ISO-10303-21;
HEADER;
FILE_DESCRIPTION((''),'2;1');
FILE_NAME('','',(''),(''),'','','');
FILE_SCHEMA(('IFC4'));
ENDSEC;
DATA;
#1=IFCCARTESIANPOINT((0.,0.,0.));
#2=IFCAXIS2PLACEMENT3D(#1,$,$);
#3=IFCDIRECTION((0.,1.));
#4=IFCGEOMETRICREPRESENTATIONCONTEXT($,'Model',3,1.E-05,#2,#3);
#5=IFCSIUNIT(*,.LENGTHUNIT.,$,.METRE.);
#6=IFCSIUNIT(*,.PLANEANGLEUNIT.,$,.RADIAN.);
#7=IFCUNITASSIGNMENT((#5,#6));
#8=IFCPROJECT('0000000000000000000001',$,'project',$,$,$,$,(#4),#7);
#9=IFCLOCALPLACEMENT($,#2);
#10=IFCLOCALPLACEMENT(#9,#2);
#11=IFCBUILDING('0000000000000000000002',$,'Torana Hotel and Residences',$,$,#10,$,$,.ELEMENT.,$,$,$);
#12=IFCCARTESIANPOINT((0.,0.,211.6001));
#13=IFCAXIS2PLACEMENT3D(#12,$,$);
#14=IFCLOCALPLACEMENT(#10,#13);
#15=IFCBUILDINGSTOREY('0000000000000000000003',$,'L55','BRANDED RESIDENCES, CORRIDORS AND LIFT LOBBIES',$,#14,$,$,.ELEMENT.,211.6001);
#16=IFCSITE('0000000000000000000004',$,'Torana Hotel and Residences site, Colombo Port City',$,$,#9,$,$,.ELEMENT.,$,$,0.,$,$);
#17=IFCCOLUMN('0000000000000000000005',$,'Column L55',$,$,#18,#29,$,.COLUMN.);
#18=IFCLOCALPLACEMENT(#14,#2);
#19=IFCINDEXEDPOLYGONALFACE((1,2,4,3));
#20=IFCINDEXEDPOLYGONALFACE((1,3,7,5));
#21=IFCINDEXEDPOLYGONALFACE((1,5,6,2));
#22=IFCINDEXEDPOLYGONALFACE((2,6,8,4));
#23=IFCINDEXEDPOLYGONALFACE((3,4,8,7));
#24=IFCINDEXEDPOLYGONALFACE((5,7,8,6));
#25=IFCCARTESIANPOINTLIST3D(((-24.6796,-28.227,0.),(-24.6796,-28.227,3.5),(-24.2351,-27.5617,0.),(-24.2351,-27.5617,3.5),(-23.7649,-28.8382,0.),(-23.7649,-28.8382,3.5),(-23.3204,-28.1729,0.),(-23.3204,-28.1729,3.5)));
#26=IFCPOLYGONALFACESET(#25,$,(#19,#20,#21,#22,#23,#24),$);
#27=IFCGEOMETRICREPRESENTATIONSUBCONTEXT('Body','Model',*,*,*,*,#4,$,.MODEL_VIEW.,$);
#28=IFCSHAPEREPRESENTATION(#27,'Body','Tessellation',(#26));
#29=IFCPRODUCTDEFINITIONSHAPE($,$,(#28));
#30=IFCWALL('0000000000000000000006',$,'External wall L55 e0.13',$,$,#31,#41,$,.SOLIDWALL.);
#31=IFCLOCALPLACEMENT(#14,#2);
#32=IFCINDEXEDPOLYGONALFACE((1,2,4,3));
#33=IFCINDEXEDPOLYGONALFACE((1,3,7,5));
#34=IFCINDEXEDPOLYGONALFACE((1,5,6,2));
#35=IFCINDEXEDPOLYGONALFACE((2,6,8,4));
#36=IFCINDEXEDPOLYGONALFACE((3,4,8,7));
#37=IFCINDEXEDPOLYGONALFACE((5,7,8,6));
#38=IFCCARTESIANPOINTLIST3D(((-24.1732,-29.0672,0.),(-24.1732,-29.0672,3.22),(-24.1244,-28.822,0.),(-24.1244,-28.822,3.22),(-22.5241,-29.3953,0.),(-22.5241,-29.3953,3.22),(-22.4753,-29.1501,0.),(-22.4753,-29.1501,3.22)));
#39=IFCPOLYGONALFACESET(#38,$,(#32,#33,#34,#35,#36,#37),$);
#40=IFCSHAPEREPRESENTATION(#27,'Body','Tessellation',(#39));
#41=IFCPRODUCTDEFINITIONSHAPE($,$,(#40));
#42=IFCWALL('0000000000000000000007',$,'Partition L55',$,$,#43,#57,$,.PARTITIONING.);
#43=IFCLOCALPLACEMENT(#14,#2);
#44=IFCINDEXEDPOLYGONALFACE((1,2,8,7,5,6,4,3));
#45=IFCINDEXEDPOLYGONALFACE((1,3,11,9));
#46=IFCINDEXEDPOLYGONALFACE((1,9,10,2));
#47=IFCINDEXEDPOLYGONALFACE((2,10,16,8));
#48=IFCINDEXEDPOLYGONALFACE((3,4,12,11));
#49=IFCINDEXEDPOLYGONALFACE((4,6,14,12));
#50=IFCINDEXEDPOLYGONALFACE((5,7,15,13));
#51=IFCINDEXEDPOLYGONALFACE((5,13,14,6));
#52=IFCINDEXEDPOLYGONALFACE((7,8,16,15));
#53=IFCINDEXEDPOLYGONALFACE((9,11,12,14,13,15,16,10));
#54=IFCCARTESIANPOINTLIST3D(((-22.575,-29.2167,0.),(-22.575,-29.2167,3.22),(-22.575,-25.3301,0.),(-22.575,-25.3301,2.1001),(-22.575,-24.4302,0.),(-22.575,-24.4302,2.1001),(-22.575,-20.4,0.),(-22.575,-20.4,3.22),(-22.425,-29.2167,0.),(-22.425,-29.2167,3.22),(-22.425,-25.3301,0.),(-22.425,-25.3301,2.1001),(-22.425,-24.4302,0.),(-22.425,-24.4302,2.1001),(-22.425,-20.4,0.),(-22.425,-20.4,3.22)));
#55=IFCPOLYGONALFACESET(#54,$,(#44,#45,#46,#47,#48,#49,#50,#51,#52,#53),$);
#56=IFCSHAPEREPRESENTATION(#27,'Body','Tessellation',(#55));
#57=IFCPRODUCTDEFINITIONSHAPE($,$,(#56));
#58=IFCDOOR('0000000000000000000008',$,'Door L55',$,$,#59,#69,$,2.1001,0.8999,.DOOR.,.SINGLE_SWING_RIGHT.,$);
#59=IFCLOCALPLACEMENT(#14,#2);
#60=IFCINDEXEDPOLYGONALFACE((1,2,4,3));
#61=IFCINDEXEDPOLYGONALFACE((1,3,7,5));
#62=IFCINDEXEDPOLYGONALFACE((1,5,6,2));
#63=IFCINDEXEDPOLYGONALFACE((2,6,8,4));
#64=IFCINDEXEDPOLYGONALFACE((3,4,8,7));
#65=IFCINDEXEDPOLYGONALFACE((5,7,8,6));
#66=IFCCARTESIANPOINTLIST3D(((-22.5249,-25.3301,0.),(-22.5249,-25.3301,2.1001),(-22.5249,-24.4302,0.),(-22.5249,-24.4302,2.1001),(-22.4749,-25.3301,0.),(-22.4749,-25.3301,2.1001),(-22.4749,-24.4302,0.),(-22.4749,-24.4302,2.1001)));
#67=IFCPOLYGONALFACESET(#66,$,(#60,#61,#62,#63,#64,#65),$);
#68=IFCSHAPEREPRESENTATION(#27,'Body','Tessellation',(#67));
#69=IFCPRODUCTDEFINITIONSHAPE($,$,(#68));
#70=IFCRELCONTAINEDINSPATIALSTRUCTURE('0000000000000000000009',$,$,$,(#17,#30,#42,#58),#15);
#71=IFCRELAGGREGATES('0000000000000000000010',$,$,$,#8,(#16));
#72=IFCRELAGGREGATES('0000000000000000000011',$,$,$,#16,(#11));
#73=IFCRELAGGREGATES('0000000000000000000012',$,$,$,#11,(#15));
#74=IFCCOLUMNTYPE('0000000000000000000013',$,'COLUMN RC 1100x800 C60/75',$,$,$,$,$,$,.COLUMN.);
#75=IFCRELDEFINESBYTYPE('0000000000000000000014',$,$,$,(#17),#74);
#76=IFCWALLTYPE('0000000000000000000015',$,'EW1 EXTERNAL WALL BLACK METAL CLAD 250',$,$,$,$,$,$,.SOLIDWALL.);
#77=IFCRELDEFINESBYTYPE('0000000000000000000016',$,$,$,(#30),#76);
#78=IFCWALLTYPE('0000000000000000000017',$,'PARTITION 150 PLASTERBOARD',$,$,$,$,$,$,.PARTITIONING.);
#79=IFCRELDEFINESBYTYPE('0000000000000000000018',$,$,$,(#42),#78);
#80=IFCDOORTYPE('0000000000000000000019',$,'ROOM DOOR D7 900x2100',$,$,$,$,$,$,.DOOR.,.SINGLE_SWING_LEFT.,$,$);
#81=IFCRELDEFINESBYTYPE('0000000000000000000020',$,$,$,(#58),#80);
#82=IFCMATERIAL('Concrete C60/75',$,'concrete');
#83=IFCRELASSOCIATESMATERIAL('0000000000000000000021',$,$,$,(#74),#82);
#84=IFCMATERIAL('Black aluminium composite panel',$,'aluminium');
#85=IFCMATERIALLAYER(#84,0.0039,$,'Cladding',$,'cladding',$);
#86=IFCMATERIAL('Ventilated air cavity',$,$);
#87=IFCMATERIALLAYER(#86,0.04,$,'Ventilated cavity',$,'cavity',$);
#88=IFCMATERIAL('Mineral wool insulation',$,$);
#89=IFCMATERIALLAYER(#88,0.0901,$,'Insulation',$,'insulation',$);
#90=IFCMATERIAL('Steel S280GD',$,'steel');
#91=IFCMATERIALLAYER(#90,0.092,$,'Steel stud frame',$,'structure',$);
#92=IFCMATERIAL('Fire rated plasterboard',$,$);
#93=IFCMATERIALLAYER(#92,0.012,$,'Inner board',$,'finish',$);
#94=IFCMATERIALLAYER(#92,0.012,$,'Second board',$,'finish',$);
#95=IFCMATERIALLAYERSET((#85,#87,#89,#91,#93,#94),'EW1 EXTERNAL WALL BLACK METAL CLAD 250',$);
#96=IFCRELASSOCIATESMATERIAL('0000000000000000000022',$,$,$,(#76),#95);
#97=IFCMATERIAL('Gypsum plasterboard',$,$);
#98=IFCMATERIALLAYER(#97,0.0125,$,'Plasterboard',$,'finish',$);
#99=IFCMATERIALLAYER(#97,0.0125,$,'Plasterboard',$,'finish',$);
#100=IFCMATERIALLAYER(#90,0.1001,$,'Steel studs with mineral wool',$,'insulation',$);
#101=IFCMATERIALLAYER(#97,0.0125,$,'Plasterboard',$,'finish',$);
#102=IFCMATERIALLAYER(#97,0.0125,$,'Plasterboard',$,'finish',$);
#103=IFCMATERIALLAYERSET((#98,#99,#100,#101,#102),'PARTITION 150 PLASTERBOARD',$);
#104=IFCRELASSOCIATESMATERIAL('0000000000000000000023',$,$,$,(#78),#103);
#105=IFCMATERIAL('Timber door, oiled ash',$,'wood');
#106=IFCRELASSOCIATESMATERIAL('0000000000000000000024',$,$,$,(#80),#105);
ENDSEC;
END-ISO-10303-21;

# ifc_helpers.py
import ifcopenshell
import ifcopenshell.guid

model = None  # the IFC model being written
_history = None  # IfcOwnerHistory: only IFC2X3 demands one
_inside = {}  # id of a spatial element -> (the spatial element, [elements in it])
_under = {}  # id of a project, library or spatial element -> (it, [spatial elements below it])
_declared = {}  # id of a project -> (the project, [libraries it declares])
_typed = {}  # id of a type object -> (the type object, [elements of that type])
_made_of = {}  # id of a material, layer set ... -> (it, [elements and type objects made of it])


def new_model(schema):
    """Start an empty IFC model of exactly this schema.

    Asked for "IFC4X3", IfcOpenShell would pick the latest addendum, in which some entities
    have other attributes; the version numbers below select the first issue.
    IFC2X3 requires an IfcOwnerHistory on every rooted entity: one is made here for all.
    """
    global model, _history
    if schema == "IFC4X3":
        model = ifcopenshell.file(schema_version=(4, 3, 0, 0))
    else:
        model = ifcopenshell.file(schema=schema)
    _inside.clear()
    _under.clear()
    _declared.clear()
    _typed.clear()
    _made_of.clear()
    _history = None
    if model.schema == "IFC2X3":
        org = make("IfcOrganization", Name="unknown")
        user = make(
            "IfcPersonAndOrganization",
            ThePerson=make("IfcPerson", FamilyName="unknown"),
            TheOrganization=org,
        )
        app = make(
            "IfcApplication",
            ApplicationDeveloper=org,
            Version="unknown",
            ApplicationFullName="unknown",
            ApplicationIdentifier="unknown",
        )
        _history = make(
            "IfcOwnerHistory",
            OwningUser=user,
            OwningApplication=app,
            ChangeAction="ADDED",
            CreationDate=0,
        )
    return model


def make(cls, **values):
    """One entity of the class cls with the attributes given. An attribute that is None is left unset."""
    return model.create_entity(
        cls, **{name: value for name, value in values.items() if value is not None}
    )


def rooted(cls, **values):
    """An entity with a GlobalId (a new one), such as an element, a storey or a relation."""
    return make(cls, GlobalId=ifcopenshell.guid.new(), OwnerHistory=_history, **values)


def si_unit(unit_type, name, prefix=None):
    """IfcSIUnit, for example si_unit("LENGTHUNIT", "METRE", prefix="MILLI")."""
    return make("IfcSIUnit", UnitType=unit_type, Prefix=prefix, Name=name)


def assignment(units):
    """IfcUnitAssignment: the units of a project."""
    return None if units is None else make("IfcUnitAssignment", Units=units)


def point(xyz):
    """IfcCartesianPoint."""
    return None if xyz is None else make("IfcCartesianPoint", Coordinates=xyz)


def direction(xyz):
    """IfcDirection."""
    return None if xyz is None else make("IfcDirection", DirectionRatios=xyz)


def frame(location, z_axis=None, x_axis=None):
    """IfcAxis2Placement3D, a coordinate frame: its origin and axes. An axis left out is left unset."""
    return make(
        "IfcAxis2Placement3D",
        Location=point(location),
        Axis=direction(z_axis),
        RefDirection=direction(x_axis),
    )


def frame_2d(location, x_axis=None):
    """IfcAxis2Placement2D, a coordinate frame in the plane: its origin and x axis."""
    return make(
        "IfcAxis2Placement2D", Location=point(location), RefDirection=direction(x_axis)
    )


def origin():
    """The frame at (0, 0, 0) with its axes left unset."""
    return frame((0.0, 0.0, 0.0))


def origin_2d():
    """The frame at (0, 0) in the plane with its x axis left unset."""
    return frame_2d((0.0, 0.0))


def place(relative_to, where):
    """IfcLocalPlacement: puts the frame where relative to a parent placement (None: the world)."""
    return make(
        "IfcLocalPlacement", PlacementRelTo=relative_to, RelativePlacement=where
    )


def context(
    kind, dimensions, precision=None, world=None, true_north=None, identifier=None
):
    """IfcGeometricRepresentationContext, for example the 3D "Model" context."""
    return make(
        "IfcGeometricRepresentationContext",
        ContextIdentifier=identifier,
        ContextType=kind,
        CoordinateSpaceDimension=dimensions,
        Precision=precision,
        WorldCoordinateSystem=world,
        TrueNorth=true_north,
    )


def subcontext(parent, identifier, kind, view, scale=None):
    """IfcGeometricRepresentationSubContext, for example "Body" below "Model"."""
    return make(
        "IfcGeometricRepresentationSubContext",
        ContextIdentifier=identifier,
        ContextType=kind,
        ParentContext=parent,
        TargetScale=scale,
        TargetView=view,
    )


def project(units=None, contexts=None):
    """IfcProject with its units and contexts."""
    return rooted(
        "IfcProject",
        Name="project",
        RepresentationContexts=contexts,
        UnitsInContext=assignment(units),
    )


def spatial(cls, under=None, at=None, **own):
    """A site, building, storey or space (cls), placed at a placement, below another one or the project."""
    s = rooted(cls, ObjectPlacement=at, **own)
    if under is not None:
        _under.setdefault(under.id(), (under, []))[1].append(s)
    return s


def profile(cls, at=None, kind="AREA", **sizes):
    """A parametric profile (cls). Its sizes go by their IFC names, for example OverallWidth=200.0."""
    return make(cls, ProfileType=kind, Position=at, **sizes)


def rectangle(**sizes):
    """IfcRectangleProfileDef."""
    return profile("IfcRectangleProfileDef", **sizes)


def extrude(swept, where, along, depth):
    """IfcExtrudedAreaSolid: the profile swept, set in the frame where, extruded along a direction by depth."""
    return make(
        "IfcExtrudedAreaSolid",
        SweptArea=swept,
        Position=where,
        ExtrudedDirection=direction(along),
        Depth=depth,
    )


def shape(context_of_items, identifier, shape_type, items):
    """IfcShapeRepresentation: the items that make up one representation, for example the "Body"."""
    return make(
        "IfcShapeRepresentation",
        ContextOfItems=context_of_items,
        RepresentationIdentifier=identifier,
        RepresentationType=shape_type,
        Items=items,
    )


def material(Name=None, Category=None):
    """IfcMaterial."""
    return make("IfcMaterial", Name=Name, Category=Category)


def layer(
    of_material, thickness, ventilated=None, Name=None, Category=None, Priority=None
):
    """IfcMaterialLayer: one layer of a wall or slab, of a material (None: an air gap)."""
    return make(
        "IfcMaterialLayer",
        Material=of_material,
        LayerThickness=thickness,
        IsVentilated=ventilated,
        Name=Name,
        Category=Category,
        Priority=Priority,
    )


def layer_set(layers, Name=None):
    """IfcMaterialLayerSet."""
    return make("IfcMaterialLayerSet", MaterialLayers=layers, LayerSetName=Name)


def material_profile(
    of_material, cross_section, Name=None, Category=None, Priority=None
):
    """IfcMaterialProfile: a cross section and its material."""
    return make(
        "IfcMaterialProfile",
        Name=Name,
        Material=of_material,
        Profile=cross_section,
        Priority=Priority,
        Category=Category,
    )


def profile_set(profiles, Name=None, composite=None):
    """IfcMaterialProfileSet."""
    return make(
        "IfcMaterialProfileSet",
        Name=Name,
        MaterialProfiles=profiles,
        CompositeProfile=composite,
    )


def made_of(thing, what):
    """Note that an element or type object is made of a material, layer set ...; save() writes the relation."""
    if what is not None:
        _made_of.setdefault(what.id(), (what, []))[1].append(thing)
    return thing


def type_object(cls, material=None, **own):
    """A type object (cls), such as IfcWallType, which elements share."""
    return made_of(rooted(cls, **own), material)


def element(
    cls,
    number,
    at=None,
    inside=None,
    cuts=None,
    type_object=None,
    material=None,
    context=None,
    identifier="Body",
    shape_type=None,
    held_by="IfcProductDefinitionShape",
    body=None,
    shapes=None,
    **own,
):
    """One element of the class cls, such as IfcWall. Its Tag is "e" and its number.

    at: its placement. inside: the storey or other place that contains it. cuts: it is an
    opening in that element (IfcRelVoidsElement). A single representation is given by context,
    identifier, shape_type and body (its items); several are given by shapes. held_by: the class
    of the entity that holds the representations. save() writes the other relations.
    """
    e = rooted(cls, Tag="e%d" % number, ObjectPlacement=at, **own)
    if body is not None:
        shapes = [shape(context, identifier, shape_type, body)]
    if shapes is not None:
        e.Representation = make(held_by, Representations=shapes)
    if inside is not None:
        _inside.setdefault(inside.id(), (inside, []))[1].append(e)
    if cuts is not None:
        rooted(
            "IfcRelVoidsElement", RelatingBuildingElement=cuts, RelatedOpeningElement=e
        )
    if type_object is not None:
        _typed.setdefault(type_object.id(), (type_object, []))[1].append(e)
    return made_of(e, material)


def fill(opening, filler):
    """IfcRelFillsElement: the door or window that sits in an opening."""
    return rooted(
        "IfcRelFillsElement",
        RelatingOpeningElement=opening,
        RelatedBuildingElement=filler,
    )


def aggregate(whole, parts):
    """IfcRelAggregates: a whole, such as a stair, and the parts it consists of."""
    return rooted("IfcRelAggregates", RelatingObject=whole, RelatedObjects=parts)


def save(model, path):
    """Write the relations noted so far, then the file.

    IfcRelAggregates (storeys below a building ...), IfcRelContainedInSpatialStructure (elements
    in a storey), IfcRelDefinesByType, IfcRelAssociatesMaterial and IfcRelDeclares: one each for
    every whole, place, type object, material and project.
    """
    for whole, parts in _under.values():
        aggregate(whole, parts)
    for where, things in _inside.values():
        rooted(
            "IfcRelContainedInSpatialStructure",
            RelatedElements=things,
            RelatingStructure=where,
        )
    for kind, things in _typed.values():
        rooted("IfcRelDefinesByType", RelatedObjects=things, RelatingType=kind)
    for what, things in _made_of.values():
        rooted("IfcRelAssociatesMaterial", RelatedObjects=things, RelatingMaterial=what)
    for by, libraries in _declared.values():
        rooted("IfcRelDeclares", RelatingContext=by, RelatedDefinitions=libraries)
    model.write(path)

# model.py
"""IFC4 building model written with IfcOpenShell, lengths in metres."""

from ifc_helpers import new_model, si_unit, direction, frame, frame_2d, origin, origin_2d, place, context, subcontext, project, spatial, rectangle, extrude, material, layer, layer_set, material_profile, profile_set, type_object, element, fill, save


model = new_model("IFC4")

# Units and contexts
model_context = context("Model", 3, precision=1e-05, world=origin(), true_north=direction((0.0, 1.0)))
body_context = subcontext(model_context, "Body", "Model", "MODEL_VIEW")
ifc_project = project(units=[si_unit("LENGTHUNIT", "METRE"), si_unit("PLANEANGLEUNIT", "RADIAN")], contexts=[model_context])

# Site, building, storey
site_placement = place(None, origin())
site = spatial("IfcSite", under=ifc_project, at=site_placement, Name="Torana Hotel and Residences site, Colombo Port City", CompositionType="ELEMENT", RefElevation=0.0)
building_placement = place(site_placement, origin())
building = spatial("IfcBuilding", under=site, at=building_placement, Name="Torana Hotel and Residences", CompositionType="ELEMENT")
storey_placement = place(building_placement, frame((0.0, 0.0, 211.6001)))
storey = spatial("IfcBuildingStorey", under=building, at=storey_placement, Name="L55", Description="BRANDED RESIDENCES, CORRIDORS AND LIFT LOBBIES", CompositionType="ELEMENT", Elevation=211.6001)

# Column
ifc_material_1 = material(Name="Concrete C60/75", Category="concrete")
ifc_material_profile = material_profile(ifc_material_1, rectangle(XDim=1.1001, YDim=0.8, at=origin_2d()), Name="RC 1100x800")
ifc_profile_set = profile_set([ifc_material_profile], Name="Concrete C60/75")
column_type = type_object("IfcColumnType", Name="COLUMN RC 1100x800 C60/75", PredefinedType="COLUMN", material=ifc_profile_set)
column_placement = place(storey_placement, frame((-24.0, -28.2, 0.0), z_axis=(0.0, 0.0, 1.0), x_axis=(-0.83146, 0.555585, 0.0)))
element("IfcColumn", 1, at=column_placement, inside=storey, type_object=column_type, Name="Column L55", PredefinedType="COLUMN", context=body_context, shape_type="SweptSolid", body=[
    extrude(rectangle(XDim=1.1001, YDim=0.8, at=origin_2d()), origin(), (0.0, 0.0, 1.0), 3.5),
])

# Wall
ifc_material_2 = material(Name="Black aluminium composite panel", Category="aluminium")
ifc_layer_1 = layer(ifc_material_2, 0.0039, Name="Cladding", Category="cladding")
ifc_material_3 = material(Name="Ventilated air cavity")
ifc_layer_2 = layer(ifc_material_3, 0.04, Name="Ventilated cavity", Category="cavity")
ifc_material_4 = material(Name="Mineral wool insulation")
ifc_layer_3 = layer(ifc_material_4, 0.0901, Name="Insulation", Category="insulation")
ifc_material_5 = material(Name="Steel S280GD", Category="steel")
ifc_layer_4 = layer(ifc_material_5, 0.092, Name="Steel stud frame", Category="structure")
ifc_material_6 = material(Name="Fire rated plasterboard")
ifc_layer_5 = layer(ifc_material_6, 0.012, Name="Inner board", Category="finish")
ifc_layer_6 = layer(ifc_material_6, 0.012, Name="Second board", Category="finish")
ifc_layer_set_1 = layer_set([ifc_layer_1, ifc_layer_2, ifc_layer_3, ifc_layer_4, ifc_layer_5, ifc_layer_6], Name="EW1 EXTERNAL WALL BLACK METAL CLAD 250")
wall_type_1 = type_object("IfcWallType", Name="EW1 EXTERNAL WALL BLACK METAL CLAD 250", PredefinedType="SOLIDWALL", material=ifc_layer_set_1)
wall_1_placement = place(storey_placement, frame((-24.1489, -28.9446, 0.0), z_axis=(0.0, 0.0, 1.0), x_axis=(0.980776, -0.195139, 0.0)))
element("IfcWall", 2, at=wall_1_placement, inside=storey, type_object=wall_type_1, Name="External wall L55 e0.13", PredefinedType="SOLIDWALL", context=body_context, shape_type="SweptSolid", body=[
    extrude(rectangle(XDim=1.6814, YDim=0.25, at=frame_2d((0.8408, 0.0))), origin(), (0.0, 0.0, 1.0), 3.22),
])

# Wall, opening, door
ifc_material_7 = material(Name="Gypsum plasterboard")
ifc_layer_7 = layer(ifc_material_7, 0.0125, Name="Plasterboard", Category="finish")
ifc_layer_8 = layer(ifc_material_7, 0.0125, Name="Plasterboard", Category="finish")
ifc_layer_9 = layer(ifc_material_5, 0.1001, Name="Steel studs with mineral wool", Category="insulation")
ifc_layer_10 = layer(ifc_material_7, 0.0125, Name="Plasterboard", Category="finish")
ifc_layer_11 = layer(ifc_material_7, 0.0125, Name="Plasterboard", Category="finish")
ifc_layer_set_2 = layer_set([ifc_layer_7, ifc_layer_8, ifc_layer_9, ifc_layer_10, ifc_layer_11], Name="PARTITION 150 PLASTERBOARD")
wall_type_2 = type_object("IfcWallType", Name="PARTITION 150 PLASTERBOARD", PredefinedType="PARTITIONING", material=ifc_layer_set_2)
wall_2_placement = place(storey_placement, frame((-22.5, -29.2166, 0.0), z_axis=(0.0, 0.0, 1.0), x_axis=(0.0, 1.0, 0.0)))
wall_2 = element("IfcWall", 3, at=wall_2_placement, inside=storey, type_object=wall_type_2, Name="Partition L55", PredefinedType="PARTITIONING", context=body_context, shape_type="SweptSolid", body=[
    extrude(rectangle(XDim=8.8167, YDim=0.1499, at=frame_2d((4.4082, 0.0))), origin(), (0.0, 0.0, 1.0), 3.22),
])
opening_1_placement = place(wall_2_placement, frame((3.8865, 0.0, 0.0)))
opening_1 = element("IfcOpeningElement", 4, at=opening_1_placement, cuts=wall_2, PredefinedType="OPENING", context=body_context, shape_type="SweptSolid", body=[
    extrude(rectangle(XDim=0.8999, YDim=2.1001, at=frame_2d((0.45, 1.05))), frame((0.0, 0.085, 0.0), z_axis=(0.0, -1.0, 0.0), x_axis=(1.0, 0.0, 0.0)), (0.0, 0.0, 1.0), 0.1699),
])
ifc_material_8 = material(Name="Timber door, oiled ash", Category="wood")
door_type_1 = type_object("IfcDoorType", Name="ROOM DOOR D7 900x2100", OperationType="SINGLE_SWING_LEFT", PredefinedType="DOOR", material=ifc_material_8)
door_1_placement = place(opening_1_placement, origin())
door_1 = element("IfcDoor", 5, at=door_1_placement, inside=storey, type_object=door_type_1, Name="Door L55", OperationType="SINGLE_SWING_RIGHT", OverallHeight=2.1001, OverallWidth=0.8999, PredefinedType="DOOR", context=body_context, shape_type="SweptSolid", body=[
    extrude(rectangle(XDim=0.8999, YDim=2.1001, at=frame_2d((0.45, 1.05))), frame((0.0, 0.0249, 0.0), z_axis=(0.0, -1.0, 0.0), x_axis=(1.0, 0.0, 0.0)), (0.0, 0.0, 1.0), 0.05),
])
fill(opening_1, door_1)

save(model, "model.ifc")
